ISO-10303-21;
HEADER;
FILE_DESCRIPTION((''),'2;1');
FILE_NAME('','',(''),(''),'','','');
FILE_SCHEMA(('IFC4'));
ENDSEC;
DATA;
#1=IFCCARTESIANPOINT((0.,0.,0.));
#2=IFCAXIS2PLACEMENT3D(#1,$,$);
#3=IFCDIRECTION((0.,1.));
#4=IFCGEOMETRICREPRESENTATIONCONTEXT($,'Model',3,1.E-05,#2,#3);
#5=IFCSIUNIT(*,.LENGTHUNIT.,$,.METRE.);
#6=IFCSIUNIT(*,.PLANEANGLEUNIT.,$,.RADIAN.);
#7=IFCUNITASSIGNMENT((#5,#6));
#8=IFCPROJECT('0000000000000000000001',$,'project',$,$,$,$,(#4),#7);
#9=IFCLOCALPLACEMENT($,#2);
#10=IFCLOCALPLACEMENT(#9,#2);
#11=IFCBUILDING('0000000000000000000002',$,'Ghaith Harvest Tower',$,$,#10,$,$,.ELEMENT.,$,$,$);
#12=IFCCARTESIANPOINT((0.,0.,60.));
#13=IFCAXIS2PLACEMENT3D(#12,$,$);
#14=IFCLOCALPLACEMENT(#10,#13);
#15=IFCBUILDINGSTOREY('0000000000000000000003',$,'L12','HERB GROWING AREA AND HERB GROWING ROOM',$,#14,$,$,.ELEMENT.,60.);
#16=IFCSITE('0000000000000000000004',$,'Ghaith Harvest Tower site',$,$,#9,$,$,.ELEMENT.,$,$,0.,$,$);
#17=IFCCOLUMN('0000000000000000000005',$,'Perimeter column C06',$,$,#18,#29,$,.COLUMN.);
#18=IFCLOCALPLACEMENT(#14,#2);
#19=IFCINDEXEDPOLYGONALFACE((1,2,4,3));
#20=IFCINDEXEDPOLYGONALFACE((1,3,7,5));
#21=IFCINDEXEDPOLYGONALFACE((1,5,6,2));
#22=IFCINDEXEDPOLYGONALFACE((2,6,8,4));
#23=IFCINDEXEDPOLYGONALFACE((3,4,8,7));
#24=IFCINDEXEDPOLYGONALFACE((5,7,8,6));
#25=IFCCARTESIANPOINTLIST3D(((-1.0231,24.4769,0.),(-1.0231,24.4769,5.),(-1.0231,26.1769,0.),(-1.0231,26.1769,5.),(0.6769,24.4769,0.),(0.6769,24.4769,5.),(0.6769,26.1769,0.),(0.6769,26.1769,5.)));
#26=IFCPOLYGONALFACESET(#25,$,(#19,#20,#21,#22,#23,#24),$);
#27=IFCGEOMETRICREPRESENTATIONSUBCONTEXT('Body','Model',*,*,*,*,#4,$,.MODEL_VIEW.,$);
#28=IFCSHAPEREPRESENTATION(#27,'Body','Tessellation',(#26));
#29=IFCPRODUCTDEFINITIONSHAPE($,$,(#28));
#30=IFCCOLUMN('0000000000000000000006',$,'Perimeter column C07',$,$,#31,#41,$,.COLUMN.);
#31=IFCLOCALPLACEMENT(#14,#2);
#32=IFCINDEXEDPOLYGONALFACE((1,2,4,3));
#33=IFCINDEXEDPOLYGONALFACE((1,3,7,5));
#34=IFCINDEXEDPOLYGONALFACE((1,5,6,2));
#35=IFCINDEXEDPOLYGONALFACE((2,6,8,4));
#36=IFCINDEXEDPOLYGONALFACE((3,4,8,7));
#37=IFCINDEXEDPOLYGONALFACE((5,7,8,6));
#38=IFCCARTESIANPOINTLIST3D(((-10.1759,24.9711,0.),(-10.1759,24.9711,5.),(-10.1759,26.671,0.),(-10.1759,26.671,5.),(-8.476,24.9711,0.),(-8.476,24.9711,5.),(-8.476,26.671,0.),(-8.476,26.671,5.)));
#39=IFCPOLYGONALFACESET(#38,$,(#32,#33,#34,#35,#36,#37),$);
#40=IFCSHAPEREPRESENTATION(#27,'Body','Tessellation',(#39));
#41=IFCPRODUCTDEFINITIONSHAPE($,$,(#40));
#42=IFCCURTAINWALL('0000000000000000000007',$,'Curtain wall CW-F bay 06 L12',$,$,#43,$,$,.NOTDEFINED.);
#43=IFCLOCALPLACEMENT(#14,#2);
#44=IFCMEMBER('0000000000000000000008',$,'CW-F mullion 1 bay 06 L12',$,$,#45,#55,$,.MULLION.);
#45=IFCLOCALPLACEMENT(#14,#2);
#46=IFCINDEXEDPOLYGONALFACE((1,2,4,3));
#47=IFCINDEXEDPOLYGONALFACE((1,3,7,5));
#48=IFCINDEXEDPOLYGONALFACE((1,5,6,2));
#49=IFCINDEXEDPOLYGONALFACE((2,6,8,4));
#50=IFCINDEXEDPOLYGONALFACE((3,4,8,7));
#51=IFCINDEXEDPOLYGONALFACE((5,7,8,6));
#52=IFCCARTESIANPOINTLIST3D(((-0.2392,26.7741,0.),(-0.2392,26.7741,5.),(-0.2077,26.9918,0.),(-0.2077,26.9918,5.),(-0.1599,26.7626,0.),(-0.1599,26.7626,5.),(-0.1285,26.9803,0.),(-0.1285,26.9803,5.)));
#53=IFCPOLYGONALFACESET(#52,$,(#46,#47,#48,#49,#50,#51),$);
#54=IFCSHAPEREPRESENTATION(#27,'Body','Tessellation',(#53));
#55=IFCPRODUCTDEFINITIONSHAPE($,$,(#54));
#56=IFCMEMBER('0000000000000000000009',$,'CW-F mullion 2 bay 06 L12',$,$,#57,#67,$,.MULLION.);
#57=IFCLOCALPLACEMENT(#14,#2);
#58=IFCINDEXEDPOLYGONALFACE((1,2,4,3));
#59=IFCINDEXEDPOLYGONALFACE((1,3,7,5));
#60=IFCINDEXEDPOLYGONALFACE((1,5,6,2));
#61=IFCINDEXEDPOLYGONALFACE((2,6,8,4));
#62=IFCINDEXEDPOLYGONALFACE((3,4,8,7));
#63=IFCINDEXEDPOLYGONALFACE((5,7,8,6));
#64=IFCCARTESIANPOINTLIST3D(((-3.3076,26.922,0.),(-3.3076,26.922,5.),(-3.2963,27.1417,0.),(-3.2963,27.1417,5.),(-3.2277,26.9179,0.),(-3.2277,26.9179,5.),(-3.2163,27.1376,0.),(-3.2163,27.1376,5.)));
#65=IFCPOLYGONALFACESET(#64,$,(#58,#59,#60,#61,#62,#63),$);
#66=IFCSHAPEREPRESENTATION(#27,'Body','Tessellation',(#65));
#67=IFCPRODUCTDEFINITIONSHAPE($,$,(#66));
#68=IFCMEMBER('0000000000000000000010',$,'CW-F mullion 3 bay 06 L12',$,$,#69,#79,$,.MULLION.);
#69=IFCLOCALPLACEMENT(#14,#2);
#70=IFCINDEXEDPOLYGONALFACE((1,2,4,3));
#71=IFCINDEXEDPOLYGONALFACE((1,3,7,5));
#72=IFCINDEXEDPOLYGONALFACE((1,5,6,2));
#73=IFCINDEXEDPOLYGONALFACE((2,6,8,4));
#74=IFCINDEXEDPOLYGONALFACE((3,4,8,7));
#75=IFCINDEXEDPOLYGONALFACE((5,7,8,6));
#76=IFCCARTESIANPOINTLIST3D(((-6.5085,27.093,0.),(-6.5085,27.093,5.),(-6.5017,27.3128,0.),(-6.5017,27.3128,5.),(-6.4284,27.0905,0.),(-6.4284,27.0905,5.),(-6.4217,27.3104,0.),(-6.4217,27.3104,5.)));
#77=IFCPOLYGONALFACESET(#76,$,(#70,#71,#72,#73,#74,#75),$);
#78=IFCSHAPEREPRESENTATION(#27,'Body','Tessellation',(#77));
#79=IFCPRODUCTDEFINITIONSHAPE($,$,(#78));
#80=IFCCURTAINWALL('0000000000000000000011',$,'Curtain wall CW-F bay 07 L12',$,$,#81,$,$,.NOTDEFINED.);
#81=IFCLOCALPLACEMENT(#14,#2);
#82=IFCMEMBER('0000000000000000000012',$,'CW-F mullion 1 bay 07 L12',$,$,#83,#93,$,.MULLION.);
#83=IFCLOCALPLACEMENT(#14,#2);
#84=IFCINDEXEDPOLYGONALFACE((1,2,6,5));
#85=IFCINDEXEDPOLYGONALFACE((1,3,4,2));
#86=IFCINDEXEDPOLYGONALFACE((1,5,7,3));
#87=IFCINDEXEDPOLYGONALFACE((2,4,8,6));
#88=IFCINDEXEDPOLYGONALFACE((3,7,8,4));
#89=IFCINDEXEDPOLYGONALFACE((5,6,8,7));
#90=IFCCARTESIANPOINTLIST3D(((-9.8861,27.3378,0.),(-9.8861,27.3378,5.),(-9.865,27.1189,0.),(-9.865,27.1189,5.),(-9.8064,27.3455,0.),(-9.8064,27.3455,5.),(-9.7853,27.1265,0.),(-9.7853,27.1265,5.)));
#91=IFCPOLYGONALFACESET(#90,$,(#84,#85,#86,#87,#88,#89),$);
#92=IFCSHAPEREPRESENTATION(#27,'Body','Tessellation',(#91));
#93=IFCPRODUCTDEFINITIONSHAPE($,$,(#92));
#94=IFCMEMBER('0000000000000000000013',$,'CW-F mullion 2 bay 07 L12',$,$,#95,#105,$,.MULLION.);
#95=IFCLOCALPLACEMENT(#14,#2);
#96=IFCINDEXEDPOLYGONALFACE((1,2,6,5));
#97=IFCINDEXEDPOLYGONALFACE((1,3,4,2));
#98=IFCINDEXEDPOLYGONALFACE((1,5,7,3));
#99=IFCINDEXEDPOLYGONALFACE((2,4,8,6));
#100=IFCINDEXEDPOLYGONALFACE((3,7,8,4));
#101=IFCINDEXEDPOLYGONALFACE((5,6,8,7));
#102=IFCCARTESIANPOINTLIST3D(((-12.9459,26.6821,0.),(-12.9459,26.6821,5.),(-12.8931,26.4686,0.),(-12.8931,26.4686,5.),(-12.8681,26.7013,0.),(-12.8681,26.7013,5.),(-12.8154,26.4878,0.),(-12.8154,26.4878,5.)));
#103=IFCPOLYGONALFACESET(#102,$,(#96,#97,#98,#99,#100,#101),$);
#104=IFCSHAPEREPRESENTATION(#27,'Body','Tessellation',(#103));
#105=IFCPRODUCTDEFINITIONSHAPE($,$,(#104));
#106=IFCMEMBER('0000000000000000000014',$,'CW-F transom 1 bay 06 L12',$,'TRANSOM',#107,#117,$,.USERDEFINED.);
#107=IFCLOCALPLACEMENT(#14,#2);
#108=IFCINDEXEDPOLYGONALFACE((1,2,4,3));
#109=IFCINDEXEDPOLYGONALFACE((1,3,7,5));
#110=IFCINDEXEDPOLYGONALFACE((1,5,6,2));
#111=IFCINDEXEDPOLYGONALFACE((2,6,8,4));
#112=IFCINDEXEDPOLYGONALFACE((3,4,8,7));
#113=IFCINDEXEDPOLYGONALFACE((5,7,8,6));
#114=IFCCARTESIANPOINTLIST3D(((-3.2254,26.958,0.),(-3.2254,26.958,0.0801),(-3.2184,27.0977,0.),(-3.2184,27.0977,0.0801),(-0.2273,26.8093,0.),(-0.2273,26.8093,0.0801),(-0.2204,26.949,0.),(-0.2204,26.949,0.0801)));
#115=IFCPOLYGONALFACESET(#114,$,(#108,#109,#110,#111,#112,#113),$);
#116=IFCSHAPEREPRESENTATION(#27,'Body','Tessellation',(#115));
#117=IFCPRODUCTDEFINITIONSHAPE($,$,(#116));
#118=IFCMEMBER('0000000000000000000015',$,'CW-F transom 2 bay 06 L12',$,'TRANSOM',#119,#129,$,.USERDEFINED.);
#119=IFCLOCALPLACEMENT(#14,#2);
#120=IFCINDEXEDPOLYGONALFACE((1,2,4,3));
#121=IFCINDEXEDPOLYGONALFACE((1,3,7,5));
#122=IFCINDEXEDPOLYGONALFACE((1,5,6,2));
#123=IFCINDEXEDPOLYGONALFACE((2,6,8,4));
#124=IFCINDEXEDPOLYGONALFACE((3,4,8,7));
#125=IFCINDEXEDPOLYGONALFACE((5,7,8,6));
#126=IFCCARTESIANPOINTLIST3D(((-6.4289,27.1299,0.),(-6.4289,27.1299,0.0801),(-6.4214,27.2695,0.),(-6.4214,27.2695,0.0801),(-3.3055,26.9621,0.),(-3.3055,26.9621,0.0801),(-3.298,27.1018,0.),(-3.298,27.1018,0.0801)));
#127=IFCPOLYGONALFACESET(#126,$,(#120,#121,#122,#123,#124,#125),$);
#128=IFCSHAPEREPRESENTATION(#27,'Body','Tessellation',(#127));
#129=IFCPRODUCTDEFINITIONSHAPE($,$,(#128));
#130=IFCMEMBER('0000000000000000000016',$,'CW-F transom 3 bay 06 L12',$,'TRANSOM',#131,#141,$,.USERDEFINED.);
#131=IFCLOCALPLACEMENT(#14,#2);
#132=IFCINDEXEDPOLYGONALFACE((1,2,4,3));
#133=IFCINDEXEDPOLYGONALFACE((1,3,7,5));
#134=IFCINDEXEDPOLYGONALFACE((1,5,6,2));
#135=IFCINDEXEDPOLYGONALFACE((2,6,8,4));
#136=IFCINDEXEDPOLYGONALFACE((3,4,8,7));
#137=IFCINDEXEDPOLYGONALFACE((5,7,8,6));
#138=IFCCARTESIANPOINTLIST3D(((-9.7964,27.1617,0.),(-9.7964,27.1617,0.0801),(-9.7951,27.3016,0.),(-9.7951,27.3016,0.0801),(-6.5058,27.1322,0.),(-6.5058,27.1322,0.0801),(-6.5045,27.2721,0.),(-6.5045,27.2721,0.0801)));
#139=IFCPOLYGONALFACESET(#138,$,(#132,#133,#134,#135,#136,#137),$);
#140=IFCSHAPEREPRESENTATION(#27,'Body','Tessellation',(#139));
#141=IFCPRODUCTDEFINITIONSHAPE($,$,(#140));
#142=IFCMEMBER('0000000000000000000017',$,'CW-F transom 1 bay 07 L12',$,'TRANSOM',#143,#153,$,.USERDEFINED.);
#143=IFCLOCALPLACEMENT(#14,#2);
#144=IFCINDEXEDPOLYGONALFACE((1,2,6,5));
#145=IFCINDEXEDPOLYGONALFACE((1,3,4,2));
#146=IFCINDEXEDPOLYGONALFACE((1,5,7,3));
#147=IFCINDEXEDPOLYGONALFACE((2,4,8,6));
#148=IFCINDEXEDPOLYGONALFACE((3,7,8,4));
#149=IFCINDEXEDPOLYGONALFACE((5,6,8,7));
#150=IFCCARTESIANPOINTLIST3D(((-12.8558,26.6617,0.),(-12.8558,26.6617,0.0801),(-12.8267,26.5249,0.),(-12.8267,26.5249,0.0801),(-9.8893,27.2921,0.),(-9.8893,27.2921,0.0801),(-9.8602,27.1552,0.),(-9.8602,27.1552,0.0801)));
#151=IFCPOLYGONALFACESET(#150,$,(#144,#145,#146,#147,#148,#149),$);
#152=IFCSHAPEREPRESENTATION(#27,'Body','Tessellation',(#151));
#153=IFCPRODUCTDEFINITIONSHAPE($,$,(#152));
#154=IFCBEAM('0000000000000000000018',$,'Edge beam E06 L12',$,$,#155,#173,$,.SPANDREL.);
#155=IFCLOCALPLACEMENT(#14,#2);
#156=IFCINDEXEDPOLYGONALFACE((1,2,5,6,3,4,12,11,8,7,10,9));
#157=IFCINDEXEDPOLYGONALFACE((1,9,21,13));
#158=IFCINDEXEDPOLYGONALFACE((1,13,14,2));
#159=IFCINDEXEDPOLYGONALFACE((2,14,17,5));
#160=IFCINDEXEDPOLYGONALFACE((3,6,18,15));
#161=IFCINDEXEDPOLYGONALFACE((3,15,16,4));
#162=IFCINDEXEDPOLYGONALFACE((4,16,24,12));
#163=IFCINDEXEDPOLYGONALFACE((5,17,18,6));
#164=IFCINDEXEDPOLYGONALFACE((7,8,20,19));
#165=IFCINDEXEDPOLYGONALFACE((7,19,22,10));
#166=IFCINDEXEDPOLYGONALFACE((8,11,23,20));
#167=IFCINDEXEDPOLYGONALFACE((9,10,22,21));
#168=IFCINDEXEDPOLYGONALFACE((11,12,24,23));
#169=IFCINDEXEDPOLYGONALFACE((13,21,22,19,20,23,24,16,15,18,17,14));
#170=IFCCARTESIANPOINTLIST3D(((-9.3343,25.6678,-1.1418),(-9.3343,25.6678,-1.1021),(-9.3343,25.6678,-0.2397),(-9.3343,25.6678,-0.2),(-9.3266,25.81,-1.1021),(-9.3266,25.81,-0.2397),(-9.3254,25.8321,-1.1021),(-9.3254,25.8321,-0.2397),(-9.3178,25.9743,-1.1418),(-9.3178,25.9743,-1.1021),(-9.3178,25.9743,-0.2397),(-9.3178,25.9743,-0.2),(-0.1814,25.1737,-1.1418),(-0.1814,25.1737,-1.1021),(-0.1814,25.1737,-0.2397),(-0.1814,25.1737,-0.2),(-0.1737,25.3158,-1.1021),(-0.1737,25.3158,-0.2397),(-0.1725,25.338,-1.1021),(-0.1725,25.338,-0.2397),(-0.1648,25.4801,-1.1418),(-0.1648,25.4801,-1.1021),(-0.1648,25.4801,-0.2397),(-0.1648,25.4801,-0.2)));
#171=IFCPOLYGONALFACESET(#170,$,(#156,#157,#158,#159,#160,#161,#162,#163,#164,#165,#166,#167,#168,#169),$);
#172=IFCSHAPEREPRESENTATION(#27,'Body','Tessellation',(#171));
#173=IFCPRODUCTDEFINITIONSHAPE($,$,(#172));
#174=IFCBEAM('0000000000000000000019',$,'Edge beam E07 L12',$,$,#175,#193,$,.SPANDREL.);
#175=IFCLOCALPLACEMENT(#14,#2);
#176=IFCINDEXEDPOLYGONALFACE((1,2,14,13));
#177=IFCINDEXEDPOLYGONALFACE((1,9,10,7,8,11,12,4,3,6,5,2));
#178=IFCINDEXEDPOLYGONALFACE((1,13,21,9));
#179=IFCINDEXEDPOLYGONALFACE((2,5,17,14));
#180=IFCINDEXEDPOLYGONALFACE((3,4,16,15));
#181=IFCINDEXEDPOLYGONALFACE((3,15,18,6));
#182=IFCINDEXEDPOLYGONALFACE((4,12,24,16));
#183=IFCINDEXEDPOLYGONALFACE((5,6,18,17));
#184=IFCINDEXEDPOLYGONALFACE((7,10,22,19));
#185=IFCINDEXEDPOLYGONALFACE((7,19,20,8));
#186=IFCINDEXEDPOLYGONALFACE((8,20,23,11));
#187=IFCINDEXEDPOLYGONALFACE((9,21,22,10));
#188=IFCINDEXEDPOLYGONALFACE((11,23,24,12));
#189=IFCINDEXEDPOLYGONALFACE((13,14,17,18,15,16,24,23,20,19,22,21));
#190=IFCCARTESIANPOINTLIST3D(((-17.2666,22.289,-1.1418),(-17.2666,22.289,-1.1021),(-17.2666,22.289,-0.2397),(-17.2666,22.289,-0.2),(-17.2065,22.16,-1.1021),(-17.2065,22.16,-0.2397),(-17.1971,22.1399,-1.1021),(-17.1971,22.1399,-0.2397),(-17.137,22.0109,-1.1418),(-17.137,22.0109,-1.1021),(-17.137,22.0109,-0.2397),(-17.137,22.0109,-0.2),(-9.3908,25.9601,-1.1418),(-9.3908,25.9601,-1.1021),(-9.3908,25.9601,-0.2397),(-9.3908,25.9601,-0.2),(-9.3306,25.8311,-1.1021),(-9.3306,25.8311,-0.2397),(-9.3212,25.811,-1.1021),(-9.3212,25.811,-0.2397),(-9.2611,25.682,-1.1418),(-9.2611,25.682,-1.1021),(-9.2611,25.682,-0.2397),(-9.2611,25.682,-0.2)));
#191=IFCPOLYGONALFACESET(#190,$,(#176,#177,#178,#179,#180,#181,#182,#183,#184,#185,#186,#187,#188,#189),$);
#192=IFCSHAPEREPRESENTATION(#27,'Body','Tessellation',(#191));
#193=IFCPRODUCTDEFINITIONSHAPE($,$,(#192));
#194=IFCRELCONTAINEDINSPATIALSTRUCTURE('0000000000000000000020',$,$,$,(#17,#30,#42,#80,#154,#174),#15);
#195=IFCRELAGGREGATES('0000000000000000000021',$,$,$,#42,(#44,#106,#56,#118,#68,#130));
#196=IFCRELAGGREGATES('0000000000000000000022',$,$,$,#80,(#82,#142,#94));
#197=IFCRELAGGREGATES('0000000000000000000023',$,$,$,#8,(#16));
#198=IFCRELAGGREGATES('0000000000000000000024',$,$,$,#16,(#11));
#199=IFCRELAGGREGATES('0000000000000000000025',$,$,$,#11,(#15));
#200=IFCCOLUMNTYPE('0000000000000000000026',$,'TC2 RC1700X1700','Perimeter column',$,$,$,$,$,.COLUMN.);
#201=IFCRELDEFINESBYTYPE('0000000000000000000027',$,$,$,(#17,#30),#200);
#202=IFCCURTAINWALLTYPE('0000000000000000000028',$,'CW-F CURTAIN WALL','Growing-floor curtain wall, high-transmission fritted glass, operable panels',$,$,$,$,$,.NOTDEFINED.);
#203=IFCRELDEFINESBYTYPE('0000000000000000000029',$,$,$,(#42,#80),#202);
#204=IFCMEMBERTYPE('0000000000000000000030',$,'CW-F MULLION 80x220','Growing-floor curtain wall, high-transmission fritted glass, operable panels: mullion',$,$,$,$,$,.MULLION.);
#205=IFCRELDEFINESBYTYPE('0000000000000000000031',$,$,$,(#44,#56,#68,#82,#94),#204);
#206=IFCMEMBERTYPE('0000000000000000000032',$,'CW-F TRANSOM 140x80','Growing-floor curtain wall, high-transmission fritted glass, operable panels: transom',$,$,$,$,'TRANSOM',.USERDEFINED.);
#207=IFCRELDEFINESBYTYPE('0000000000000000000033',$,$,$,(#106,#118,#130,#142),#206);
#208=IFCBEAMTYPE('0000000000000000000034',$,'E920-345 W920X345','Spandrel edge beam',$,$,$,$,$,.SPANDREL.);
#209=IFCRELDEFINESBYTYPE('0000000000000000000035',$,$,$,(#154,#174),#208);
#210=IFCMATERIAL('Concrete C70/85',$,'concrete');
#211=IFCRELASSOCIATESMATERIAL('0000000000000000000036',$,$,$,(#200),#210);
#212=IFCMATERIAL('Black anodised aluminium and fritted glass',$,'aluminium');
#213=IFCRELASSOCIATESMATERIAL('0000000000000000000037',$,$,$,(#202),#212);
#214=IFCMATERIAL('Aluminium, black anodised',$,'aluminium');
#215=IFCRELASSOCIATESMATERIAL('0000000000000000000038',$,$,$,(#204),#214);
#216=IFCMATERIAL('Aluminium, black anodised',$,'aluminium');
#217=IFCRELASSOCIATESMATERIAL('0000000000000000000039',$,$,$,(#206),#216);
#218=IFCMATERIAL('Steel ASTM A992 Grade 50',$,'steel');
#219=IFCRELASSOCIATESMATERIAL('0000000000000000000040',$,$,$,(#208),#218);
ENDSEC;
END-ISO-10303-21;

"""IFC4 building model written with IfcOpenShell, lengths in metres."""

from ifc_helpers import new_model, si_unit, direction, frame, origin, origin_2d, place, context, subcontext, project, spatial, rectangle, i_section, extrude, material, material_profile, profile_set, type_object, element, aggregate, save


model = new_model("IFC4")

# Units and contexts
model_context = context("Model", 3, precision=1e-05, world=origin(), true_north=direction((0.0, 1.0)))
body_context = subcontext(model_context, "Body", "Model", "MODEL_VIEW")
ifc_project = project(units=[si_unit("LENGTHUNIT", "METRE"), si_unit("PLANEANGLEUNIT", "RADIAN")], contexts=[model_context])

# Site, building, storey
site_placement = place(None, origin())
site = spatial("IfcSite", under=ifc_project, at=site_placement, Name="Ghaith Harvest Tower site", CompositionType="ELEMENT", RefElevation=0.0)
building_placement = place(site_placement, origin())
building = spatial("IfcBuilding", under=site, at=building_placement, Name="Ghaith Harvest Tower", CompositionType="ELEMENT")
storey_placement = place(building_placement, frame((0.0, 0.0, 60.0)))
storey = spatial("IfcBuildingStorey", under=building, at=storey_placement, Name="L12", Description="HERB GROWING AREA AND HERB GROWING ROOM", CompositionType="ELEMENT", Elevation=60.0)

# Columns
ifc_material_1 = material(Name="Concrete C70/85", Category="concrete")
ifc_material_profile_1 = material_profile(ifc_material_1, rectangle(XDim=1.7, YDim=1.7, at=origin_2d()), Name="RC1700X1700")
ifc_profile_set_1 = profile_set([ifc_material_profile_1], Name="Concrete C70/85")
column_type = type_object("IfcColumnType", Name="TC2 RC1700X1700", Description="Perimeter column", PredefinedType="COLUMN", material=ifc_profile_set_1)
for number, where, z_axis, x_axis, name in (
    (1, (-0.1731, 25.3269, 0.0), (0.0, 0.0, 1.0), (1.0, 0.0, 0.0), "Perimeter column C06"),
    (2, (-9.3259, 25.821, 0.0), (0.0, 0.0, 1.0), (1.0, 0.0, 0.0), "Perimeter column C07"),
):
    element("IfcColumn", number, at=place(storey_placement, frame(where, z_axis=z_axis, x_axis=x_axis)), inside=storey, type_object=column_type, Name=name, PredefinedType="COLUMN", context=body_context, shape_type="SweptSolid", body=[
        extrude(rectangle(XDim=1.7, YDim=1.7, at=origin_2d()), origin(), (0.0, 0.0, 1.0), 5.0),
    ])

# Curtain walls, members
ifc_material_2 = material(Name="Black anodised aluminium and fritted glass", Category="aluminium")
curtain_wall_type = type_object("IfcCurtainWallType", Name="CW-F CURTAIN WALL", Description="Growing-floor curtain wall, high-transmission fritted glass, operable panels", PredefinedType="NOTDEFINED", material=ifc_material_2)
curtain_wall_1_placement = place(storey_placement, origin())
curtain_wall_1 = element("IfcCurtainWall", 3, at=curtain_wall_1_placement, inside=storey, type_object=curtain_wall_type, Name="Curtain wall CW-F bay 06 L12", PredefinedType="NOTDEFINED")
ifc_material_3 = material(Name="Aluminium, black anodised", Category="aluminium")
ifc_material_profile_2 = material_profile(ifc_material_3, rectangle(XDim=0.0801, YDim=0.22, at=origin_2d()), Name="CW-F MULLION 80x220")
ifc_profile_set_2 = profile_set([ifc_material_profile_2], Name="Aluminium, black anodised")
member_type_1 = type_object("IfcMemberType", Name="CW-F MULLION 80x220", Description="Growing-floor curtain wall, high-transmission fritted glass, operable panels: mullion", PredefinedType="MULLION", material=ifc_profile_set_2)
member_1_placement = place(storey_placement, frame((-0.1838, 26.8772, 0.0), z_axis=(0.0, 0.0, 1.0), x_axis=(-0.989712, 0.143075, 0.0)))
member_1 = element("IfcMember", 4, at=member_1_placement, type_object=member_type_1, Name="CW-F mullion 1 bay 06 L12", PredefinedType="MULLION", context=body_context, shape_type="SweptSolid", body=[
    extrude(rectangle(XDim=0.0801, YDim=0.22, at=origin_2d()), origin(), (0.0, 0.0, 1.0), 5.0),
])
member_2_placement = place(storey_placement, frame((-3.262, 27.0298, 0.0), z_axis=(0.0, 0.0, 1.0), x_axis=(-0.998667, 0.051618, 0.0)))
member_2 = element("IfcMember", 5, at=member_2_placement, type_object=member_type_1, Name="CW-F mullion 2 bay 06 L12", PredefinedType="MULLION", context=body_context, shape_type="SweptSolid", body=[
    extrude(rectangle(XDim=0.0801, YDim=0.22, at=origin_2d()), origin(), (0.0, 0.0, 1.0), 5.0),
])
member_3_placement = place(storey_placement, frame((-6.4651, 27.2017, 0.0), z_axis=(0.0, 0.0, 1.0), x_axis=(-0.999527, 0.03075, 0.0)))
member_3 = element("IfcMember", 6, at=member_3_placement, type_object=member_type_1, Name="CW-F mullion 3 bay 06 L12", PredefinedType="MULLION", context=body_context, shape_type="SweptSolid", body=[
    extrude(rectangle(XDim=0.0801, YDim=0.22, at=origin_2d()), origin(), (0.0, 0.0, 1.0), 5.0),
])
curtain_wall_2_placement = place(storey_placement, origin())
curtain_wall_2 = element("IfcCurtainWall", 7, at=curtain_wall_2_placement, inside=storey, type_object=curtain_wall_type, Name="Curtain wall CW-F bay 07 L12", PredefinedType="NOTDEFINED")
member_4_placement = place(storey_placement, frame((-9.8357, 27.2322, 0.0), z_axis=(0.0, 0.0, 1.0), x_axis=(-0.995408, -0.095718, 0.0)))
member_4 = element("IfcMember", 8, at=member_4_placement, type_object=member_type_1, Name="CW-F mullion 1 bay 07 L12", PredefinedType="MULLION", context=body_context, shape_type="SweptSolid", body=[
    extrude(rectangle(XDim=0.0801, YDim=0.22, at=origin_2d()), origin(), (0.0, 0.0, 1.0), 5.0),
])
member_5_placement = place(storey_placement, frame((-12.8806, 26.585, 0.0), z_axis=(0.0, 0.0, 1.0), x_axis=(-0.970825, -0.239791, 0.0)))
member_5 = element("IfcMember", 9, at=member_5_placement, type_object=member_type_1, Name="CW-F mullion 2 bay 07 L12", PredefinedType="MULLION", context=body_context, shape_type="SweptSolid", body=[
    extrude(rectangle(XDim=0.0801, YDim=0.22, at=origin_2d()), origin(), (0.0, 0.0, 1.0), 5.0),
])

# Members
ifc_material_4 = material(Name="Aluminium, black anodised", Category="aluminium")
ifc_material_profile_3 = material_profile(ifc_material_4, rectangle(XDim=0.1399, YDim=0.0801, at=origin_2d()), Name="CW-F TRANSOM 140x80")
ifc_profile_set_3 = profile_set([ifc_material_profile_3], Name="Aluminium, black anodised")
member_type_2 = type_object("IfcMemberType", Name="CW-F TRANSOM 140x80", Description="Growing-floor curtain wall, high-transmission fritted glass, operable panels: transom", ElementType="TRANSOM", PredefinedType="USERDEFINED", material=ifc_profile_set_3)
member_6_placement = place(storey_placement, frame((-0.2239, 26.8792, 0.04), z_axis=(-0.998773, 0.049532, 0.0), x_axis=(-0.049532, -0.998773, 0.0)))
member_6 = element("IfcMember", 10, at=member_6_placement, type_object=member_type_2, Name="CW-F transom 1 bay 06 L12", ObjectType="TRANSOM", PredefinedType="USERDEFINED", context=body_context, shape_type="SweptSolid", body=[
    extrude(rectangle(XDim=0.1399, YDim=0.0801, at=origin_2d()), origin(), (0.0, 0.0, 1.0), 3.0017),
])
member_7_placement = place(storey_placement, frame((-3.3018, 27.032, 0.04), z_axis=(-0.998561, 0.05362, 0.0), x_axis=(-0.05362, -0.998561, 0.0)))
member_7 = element("IfcMember", 11, at=member_7_placement, type_object=member_type_2, Name="CW-F transom 2 bay 06 L12", ObjectType="TRANSOM", PredefinedType="USERDEFINED", context=body_context, shape_type="SweptSolid", body=[
    extrude(rectangle(XDim=0.1399, YDim=0.0801, at=origin_2d()), origin(), (0.0, 0.0, 1.0), 3.1279),
])
member_8_placement = place(storey_placement, frame((-6.5051, 27.2021, 0.04), z_axis=(-0.99996, 0.008977, 0.0), x_axis=(-0.008977, -0.99996, 0.0)))
member_8 = element("IfcMember", 12, at=member_8_placement, type_object=member_type_2, Name="CW-F transom 3 bay 06 L12", ObjectType="TRANSOM", PredefinedType="USERDEFINED", context=body_context, shape_type="SweptSolid", body=[
    extrude(rectangle(XDim=0.1399, YDim=0.0801, at=origin_2d()), origin(), (0.0, 0.0, 1.0), 3.2908),
])
member_9_placement = place(storey_placement, frame((-9.8748, 27.2236, 0.04), z_axis=(-0.97816, -0.207852, 0.0), x_axis=(0.207852, -0.97816, 0.0)))
member_9 = element("IfcMember", 13, at=member_9_placement, type_object=member_type_2, Name="CW-F transom 1 bay 07 L12", ObjectType="TRANSOM", PredefinedType="USERDEFINED", context=body_context, shape_type="SweptSolid", body=[
    extrude(rectangle(XDim=0.1399, YDim=0.0801, at=origin_2d()), origin(), (0.0, 0.0, 1.0), 3.0327),
])

# Beams
ifc_material_5 = material(Name="Steel ASTM A992 Grade 50", Category="steel")
ifc_material_profile_4 = material_profile(ifc_material_5, i_section(OverallWidth=0.3069, OverallDepth=0.9419, WebThickness=0.0222, FlangeThickness=0.0398, at=origin_2d()), Name="W920X345")
ifc_profile_set_4 = profile_set([ifc_material_profile_4], Name="Steel ASTM A992 Grade 50")
beam_type_1 = type_object("IfcBeamType", Name="E920-345 W920X345", Description="Spandrel edge beam", PredefinedType="SPANDREL", material=ifc_profile_set_4)
beam_1_placement = place(storey_placement, frame((-0.1731, 25.3269, -0.6709), z_axis=(-0.998546, 0.053909, 0.0), x_axis=(-0.053909, -0.998546, 0.0)))
element("IfcBeam", 14, at=beam_1_placement, inside=storey, type_object=beam_type_1, Name="Edge beam E06 L12", PredefinedType="SPANDREL", context=body_context, shape_type="SweptSolid", body=[
    extrude(i_section(OverallWidth=0.3069, OverallDepth=0.9419, WebThickness=0.0222, FlangeThickness=0.0398, at=origin_2d()), origin(), (0.0, 0.0, 1.0), 9.1663),
])
beam_2_placement = place(storey_placement, frame((-9.3259, 25.821, -0.6709), z_axis=(-0.906373, -0.422478, 0.0), x_axis=(0.422478, -0.906373, 0.0)))
element("IfcBeam", 15, at=beam_2_placement, inside=storey, type_object=beam_type_1, Name="Edge beam E07 L12", PredefinedType="SPANDREL", context=body_context, shape_type="SweptSolid", body=[
    extrude(i_section(OverallWidth=0.3069, OverallDepth=0.9419, WebThickness=0.0222, FlangeThickness=0.0398, at=origin_2d()), origin(), (0.0, 0.0, 1.0), 8.6895),
])

aggregate(curtain_wall_1, [member_1, member_6, member_2, member_7, member_3, member_8])
aggregate(curtain_wall_2, [member_4, member_9, member_5])

save(model, "model.ifc")
